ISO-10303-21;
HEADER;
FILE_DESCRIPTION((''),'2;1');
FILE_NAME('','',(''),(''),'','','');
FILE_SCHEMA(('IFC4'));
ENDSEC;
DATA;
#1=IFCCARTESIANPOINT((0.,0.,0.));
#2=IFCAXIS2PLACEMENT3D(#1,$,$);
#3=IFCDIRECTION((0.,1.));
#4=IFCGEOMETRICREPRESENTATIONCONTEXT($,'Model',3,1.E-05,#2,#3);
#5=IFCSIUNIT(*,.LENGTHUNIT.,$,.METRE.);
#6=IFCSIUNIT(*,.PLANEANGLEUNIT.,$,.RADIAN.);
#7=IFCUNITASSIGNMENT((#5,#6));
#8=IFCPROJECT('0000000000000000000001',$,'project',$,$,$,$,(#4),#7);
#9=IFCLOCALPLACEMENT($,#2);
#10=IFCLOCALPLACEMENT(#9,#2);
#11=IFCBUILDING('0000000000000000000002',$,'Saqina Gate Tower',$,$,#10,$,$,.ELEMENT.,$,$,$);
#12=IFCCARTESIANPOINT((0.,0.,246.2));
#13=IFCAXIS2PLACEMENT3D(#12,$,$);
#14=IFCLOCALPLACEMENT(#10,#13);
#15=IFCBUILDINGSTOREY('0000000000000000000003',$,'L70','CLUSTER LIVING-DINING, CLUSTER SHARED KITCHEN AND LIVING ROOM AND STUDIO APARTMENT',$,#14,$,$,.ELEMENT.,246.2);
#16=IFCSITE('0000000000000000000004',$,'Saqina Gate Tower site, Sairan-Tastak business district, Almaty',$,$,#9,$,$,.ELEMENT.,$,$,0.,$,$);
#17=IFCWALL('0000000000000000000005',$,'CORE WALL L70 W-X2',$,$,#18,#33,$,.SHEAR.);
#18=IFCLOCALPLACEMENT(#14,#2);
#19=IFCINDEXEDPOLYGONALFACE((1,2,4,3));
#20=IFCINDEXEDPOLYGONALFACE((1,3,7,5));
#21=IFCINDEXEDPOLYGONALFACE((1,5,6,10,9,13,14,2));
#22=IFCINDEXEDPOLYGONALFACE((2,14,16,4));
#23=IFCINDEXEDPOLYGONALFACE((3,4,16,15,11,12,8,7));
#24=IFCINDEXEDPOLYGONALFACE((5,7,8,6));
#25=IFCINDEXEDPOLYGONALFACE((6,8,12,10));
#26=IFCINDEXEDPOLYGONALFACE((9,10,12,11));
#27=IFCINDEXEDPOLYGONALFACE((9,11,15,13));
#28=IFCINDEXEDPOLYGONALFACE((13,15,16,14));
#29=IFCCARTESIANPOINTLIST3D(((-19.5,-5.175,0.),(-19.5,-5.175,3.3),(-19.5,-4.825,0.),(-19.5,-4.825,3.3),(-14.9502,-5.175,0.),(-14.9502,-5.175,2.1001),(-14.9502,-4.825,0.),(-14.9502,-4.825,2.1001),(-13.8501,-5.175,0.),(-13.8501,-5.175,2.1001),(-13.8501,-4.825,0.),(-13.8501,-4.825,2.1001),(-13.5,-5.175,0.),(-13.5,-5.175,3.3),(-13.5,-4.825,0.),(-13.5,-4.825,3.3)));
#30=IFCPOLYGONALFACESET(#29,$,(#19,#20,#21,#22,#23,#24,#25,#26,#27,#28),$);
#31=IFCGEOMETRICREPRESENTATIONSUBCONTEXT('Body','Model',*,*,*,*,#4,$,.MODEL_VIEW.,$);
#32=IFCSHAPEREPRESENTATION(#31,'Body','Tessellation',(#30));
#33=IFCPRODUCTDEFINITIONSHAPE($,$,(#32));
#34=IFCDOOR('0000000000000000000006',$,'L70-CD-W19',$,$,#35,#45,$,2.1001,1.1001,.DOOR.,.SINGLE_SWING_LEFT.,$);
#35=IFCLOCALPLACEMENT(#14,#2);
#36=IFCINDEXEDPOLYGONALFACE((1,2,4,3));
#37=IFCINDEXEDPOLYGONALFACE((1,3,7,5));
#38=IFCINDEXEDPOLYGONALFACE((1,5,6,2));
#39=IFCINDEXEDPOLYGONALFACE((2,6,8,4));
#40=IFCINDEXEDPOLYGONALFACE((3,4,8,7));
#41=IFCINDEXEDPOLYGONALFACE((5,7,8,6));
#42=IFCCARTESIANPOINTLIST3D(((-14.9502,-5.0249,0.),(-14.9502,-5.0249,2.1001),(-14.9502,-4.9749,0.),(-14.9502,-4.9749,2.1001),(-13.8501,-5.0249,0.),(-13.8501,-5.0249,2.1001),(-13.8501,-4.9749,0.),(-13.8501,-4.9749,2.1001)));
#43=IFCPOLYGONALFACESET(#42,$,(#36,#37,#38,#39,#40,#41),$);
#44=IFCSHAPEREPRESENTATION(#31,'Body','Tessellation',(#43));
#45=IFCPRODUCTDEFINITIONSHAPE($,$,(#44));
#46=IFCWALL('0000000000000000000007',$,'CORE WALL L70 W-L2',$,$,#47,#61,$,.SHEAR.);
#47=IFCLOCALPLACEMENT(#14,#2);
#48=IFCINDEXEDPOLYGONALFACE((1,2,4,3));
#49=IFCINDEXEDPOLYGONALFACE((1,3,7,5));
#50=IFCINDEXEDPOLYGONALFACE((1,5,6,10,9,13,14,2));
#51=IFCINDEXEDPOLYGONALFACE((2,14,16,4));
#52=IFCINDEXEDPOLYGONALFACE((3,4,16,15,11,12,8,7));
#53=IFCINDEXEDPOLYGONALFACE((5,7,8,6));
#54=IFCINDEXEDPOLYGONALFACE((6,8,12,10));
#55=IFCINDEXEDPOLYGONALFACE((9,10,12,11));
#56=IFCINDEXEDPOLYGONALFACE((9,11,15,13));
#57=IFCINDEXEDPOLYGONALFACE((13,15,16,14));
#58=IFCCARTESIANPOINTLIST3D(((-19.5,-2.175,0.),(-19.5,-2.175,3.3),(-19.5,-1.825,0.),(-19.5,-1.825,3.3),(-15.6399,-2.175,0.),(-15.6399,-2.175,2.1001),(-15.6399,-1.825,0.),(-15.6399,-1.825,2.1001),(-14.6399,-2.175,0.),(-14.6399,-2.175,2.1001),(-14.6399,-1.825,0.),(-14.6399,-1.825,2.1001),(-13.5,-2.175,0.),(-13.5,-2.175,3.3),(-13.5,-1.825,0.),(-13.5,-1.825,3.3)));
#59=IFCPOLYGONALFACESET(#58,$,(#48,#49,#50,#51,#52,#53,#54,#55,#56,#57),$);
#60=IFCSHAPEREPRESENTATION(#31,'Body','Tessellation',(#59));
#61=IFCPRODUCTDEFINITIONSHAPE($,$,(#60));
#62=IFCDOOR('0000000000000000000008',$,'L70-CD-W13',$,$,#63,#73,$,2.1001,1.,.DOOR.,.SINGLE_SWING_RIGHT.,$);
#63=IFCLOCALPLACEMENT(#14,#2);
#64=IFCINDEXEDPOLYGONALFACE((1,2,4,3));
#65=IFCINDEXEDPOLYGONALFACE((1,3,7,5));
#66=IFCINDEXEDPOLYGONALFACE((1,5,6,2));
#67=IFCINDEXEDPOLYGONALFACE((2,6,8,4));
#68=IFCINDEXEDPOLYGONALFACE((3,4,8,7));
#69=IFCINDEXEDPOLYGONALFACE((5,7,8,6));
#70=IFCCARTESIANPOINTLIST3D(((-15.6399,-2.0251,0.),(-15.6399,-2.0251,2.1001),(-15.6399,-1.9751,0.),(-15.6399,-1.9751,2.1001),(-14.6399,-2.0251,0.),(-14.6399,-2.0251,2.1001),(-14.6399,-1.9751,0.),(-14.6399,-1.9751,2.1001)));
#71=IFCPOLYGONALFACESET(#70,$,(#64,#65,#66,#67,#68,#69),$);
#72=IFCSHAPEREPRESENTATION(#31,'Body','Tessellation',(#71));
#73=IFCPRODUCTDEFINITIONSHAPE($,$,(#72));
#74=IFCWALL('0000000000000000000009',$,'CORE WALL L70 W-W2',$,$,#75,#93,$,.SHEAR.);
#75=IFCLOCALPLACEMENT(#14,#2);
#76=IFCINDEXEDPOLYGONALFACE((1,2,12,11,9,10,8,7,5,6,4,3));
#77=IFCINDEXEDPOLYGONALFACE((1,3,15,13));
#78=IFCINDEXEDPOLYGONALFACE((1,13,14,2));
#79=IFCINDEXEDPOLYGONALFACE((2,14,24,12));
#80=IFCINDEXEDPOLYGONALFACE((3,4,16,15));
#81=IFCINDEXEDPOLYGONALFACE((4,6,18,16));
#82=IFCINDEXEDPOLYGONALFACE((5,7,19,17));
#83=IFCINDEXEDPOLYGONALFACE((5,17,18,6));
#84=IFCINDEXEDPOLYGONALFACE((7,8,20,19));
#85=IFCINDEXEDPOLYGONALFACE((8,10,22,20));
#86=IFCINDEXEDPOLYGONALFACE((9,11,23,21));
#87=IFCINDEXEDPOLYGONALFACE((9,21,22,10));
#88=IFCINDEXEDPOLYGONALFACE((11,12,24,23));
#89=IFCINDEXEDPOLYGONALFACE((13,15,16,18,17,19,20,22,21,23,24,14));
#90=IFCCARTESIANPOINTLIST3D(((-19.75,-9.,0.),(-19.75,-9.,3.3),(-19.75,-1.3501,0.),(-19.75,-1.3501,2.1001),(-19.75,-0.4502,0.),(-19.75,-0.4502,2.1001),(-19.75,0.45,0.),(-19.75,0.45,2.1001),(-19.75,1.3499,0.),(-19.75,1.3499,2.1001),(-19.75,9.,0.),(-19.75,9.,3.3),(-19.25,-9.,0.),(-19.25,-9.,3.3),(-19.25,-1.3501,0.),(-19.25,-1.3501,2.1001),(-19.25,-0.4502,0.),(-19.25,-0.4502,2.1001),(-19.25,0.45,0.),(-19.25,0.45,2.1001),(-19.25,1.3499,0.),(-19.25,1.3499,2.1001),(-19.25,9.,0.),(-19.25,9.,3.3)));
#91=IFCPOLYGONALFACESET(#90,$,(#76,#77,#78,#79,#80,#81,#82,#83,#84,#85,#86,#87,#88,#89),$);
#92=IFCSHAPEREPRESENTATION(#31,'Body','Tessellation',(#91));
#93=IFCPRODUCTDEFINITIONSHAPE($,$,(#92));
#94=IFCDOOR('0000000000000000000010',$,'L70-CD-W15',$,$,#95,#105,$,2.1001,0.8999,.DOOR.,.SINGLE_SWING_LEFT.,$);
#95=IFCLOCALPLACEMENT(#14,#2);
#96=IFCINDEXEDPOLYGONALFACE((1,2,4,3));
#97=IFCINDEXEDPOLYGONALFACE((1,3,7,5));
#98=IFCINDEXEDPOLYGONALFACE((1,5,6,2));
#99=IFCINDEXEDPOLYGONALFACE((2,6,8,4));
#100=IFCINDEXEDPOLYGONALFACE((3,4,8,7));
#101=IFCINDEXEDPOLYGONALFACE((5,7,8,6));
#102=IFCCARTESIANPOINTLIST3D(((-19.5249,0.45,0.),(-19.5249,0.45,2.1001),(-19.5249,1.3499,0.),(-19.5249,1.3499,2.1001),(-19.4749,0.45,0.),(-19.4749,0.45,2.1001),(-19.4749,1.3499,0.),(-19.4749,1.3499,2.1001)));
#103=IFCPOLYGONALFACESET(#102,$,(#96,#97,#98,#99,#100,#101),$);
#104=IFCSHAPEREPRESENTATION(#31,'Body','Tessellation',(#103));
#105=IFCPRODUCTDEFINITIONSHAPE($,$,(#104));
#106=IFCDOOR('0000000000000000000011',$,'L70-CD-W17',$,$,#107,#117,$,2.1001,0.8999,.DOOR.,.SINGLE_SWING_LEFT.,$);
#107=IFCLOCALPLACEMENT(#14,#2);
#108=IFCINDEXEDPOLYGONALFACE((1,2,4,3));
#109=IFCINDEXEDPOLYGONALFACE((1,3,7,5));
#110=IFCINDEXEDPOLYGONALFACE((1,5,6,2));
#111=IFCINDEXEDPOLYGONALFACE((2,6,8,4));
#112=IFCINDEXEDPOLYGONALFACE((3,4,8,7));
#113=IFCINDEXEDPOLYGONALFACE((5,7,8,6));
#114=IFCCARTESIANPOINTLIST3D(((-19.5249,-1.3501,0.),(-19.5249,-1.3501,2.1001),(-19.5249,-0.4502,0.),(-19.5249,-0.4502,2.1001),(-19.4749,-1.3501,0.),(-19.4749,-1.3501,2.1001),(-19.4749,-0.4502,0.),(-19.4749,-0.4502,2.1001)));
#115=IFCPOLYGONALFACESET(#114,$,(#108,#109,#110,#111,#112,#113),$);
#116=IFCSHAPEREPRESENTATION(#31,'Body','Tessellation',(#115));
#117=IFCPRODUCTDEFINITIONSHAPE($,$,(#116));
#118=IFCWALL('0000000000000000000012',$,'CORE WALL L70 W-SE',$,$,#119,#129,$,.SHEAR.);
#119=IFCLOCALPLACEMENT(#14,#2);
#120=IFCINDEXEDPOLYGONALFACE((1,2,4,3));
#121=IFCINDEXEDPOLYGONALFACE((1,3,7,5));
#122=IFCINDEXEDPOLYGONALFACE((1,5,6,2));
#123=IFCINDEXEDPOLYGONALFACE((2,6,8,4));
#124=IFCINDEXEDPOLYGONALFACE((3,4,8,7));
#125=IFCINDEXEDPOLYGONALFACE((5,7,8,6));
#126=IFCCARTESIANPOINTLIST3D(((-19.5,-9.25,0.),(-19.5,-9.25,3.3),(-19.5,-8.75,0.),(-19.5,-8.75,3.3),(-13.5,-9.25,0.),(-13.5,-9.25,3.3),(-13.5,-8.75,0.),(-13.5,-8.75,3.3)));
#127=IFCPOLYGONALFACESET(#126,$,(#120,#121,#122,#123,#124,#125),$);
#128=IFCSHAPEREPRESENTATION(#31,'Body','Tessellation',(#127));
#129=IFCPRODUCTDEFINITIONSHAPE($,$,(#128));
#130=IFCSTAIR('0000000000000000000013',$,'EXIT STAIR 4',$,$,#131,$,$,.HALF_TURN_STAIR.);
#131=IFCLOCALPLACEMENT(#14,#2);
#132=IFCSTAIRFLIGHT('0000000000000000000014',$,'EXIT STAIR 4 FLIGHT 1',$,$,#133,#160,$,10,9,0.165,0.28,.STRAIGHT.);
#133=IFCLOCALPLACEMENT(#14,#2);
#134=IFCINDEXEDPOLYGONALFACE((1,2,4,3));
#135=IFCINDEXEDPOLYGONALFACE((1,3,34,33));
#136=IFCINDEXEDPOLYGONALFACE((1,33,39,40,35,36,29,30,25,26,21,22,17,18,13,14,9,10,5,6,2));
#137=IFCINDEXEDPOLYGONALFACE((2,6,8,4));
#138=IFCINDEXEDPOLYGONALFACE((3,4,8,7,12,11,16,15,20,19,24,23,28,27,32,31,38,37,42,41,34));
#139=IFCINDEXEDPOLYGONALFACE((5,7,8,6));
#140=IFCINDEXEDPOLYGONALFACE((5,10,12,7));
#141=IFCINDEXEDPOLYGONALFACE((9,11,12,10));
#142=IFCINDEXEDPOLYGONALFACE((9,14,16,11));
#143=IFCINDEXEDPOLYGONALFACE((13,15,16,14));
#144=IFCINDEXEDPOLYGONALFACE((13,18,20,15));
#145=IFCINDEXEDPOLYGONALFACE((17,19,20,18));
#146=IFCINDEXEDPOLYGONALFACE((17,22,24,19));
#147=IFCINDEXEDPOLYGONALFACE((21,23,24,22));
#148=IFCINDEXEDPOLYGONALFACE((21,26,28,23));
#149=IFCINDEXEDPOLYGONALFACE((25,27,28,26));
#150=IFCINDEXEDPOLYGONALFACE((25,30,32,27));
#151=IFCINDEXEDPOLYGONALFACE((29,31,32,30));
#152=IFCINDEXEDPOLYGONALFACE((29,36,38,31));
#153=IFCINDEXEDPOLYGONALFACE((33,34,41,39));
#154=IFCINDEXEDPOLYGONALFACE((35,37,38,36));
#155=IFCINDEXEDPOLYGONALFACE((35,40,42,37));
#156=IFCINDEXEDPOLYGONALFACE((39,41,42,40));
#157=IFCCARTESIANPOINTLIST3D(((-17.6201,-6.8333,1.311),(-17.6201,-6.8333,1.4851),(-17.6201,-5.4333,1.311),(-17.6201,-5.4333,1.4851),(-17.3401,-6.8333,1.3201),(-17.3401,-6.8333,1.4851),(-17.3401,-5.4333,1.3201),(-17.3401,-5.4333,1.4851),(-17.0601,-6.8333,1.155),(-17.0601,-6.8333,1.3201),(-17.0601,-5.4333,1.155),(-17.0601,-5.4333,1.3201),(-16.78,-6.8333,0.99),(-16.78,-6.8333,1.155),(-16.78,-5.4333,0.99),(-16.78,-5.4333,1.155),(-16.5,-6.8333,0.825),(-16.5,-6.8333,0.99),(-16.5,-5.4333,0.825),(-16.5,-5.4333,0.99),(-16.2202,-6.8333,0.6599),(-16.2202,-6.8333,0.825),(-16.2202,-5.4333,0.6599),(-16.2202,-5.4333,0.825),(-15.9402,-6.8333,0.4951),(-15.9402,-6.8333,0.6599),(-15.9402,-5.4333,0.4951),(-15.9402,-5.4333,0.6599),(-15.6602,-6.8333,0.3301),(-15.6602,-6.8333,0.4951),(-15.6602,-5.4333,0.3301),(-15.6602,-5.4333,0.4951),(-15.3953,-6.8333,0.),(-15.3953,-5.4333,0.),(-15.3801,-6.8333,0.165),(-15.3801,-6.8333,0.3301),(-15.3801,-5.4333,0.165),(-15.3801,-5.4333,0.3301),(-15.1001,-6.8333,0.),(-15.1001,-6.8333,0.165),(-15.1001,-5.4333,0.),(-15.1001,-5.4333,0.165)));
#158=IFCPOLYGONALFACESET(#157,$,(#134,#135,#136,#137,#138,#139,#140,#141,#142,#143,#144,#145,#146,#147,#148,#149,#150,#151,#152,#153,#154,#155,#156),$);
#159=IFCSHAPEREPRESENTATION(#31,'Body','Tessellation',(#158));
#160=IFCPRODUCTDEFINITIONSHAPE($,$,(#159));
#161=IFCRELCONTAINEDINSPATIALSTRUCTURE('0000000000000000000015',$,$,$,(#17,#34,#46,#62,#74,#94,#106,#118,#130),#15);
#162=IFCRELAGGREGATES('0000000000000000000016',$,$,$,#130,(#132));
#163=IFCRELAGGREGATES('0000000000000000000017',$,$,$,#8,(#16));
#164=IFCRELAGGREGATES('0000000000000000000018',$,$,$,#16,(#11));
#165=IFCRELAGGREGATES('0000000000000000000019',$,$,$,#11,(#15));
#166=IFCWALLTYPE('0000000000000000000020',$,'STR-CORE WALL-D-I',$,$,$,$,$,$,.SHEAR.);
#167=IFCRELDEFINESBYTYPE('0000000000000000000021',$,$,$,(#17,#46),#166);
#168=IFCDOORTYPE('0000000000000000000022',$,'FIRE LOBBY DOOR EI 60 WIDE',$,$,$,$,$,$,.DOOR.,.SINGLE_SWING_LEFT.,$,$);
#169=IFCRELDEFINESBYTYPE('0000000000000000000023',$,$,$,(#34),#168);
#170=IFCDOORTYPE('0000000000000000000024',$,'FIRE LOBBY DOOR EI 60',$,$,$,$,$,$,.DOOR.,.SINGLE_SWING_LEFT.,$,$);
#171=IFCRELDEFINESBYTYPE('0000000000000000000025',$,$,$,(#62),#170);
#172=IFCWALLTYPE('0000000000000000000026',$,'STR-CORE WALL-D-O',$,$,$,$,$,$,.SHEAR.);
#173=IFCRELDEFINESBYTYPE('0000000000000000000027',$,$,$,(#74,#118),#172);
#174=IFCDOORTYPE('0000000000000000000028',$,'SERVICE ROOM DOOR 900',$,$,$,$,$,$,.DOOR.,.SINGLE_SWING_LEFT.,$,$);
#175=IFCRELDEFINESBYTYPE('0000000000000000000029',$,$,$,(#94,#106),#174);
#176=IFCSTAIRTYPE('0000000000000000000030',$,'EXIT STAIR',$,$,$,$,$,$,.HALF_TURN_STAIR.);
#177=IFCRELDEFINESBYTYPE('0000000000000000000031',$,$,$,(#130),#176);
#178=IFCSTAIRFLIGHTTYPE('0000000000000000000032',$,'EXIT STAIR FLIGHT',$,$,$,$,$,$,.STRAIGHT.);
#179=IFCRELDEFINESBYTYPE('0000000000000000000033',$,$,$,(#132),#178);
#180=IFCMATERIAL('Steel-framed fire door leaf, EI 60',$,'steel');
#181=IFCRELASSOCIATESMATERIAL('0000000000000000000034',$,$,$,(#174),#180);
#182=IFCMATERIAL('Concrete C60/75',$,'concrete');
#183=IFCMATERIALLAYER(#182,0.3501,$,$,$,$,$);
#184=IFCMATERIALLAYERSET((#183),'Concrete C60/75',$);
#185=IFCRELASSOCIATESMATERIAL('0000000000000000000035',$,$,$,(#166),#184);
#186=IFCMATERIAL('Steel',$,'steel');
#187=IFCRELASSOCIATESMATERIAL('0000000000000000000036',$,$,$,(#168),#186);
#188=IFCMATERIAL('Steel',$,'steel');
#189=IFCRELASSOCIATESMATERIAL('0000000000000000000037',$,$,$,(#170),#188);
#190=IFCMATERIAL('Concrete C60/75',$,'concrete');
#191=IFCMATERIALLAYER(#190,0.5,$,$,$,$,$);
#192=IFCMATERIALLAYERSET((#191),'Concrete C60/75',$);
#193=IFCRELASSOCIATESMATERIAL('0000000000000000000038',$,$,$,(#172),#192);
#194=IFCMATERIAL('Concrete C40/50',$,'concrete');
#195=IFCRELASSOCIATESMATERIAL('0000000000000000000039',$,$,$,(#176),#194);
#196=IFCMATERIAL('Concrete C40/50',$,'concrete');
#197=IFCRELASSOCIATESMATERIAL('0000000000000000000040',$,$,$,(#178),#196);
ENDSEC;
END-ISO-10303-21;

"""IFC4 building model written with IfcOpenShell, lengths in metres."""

from ifc_helpers import new_model, si_unit, direction, frame, frame_2d, origin, place, context, subcontext, project, spatial, polyline, rectangle, outline, extrude, material, layer, layer_set, type_object, element, fill, aggregate, save


model = new_model("IFC4")

# Units and contexts
model_context = context("Model", 3, precision=1e-05, world=origin(), true_north=direction((0.0, 1.0)))
body_context = subcontext(model_context, "Body", "Model", "MODEL_VIEW")
ifc_project = project(units=[si_unit("LENGTHUNIT", "METRE"), si_unit("PLANEANGLEUNIT", "RADIAN")], contexts=[model_context])

# Site, building, storey
site_placement = place(None, origin())
site = spatial("IfcSite", under=ifc_project, at=site_placement, Name="Saqina Gate Tower site, Sairan-Tastak business district, Almaty", CompositionType="ELEMENT", RefElevation=0.0)
building_placement = place(site_placement, origin())
building = spatial("IfcBuilding", under=site, at=building_placement, Name="Saqina Gate Tower", CompositionType="ELEMENT")
storey_placement = place(building_placement, frame((0.0, 0.0, 246.2)))
storey = spatial("IfcBuildingStorey", under=building, at=storey_placement, Name="L70", Description="CLUSTER LIVING-DINING, CLUSTER SHARED KITCHEN AND LIVING ROOM AND STUDIO APARTMENT", CompositionType="ELEMENT", Elevation=246.2)

# Shared definitions
ifc_material_1 = material(Name="Steel-framed fire door leaf, EI 60", Category="steel")
door_type_1 = type_object("IfcDoorType", Name="SERVICE ROOM DOOR 900", OperationType="SINGLE_SWING_LEFT", PredefinedType="DOOR", material=ifc_material_1)

# Walls, openings, doors
ifc_material_2 = material(Name="Concrete C60/75", Category="concrete")
ifc_layer_1 = layer(ifc_material_2, 0.3501)
ifc_layer_set_1 = layer_set([ifc_layer_1], Name="Concrete C60/75")
wall_type_1 = type_object("IfcWallType", Name="STR-CORE WALL-D-I", PredefinedType="SHEAR", material=ifc_layer_set_1)
wall_1_placement = place(storey_placement, frame((-13.5, -5.0, 0.0), z_axis=(0.0, 0.0, 1.0), x_axis=(-1.0, 0.0, 0.0)))
wall_1 = element("IfcWall", 1, at=wall_1_placement, inside=storey, type_object=wall_type_1, Name="CORE WALL L70 W-X2", PredefinedType="SHEAR", context=body_context, shape_type="SweptSolid", body=[
    extrude(rectangle(XDim=6.0, YDim=0.3501, at=frame_2d((3.0, 0.0))), origin(), (0.0, 0.0, 1.0), 3.3),
])
opening_1_placement = place(wall_1_placement, frame((0.3501, 0.0, 0.0)))
opening_1 = element("IfcOpeningElement", 2, at=opening_1_placement, cuts=wall_1, PredefinedType="OPENING", context=body_context, shape_type="SweptSolid", body=[
    extrude(rectangle(XDim=1.1001, YDim=2.1001, at=frame_2d((0.55, 1.05))), frame((0.0, 0.187, 0.0), z_axis=(0.0, -1.0, 0.0), x_axis=(1.0, 0.0, 0.0)), (0.0, 0.0, 1.0), 0.374),
])
ifc_material_3 = material(Name="Steel", Category="steel")
door_type_2 = type_object("IfcDoorType", Name="FIRE LOBBY DOOR EI 60 WIDE", OperationType="SINGLE_SWING_LEFT", PredefinedType="DOOR", material=ifc_material_3)
door_1_placement = place(opening_1_placement, origin())
door_1 = element("IfcDoor", 3, at=door_1_placement, inside=storey, type_object=door_type_2, Name="L70-CD-W19", OperationType="SINGLE_SWING_LEFT", OverallHeight=2.1001, OverallWidth=1.1001, PredefinedType="DOOR", context=body_context, shape_type="SweptSolid", body=[
    extrude(rectangle(XDim=1.1001, YDim=2.1001, at=frame_2d((0.55, 1.05))), frame((0.0, 0.0249, 0.0), z_axis=(0.0, -1.0, 0.0), x_axis=(1.0, 0.0, 0.0)), (0.0, 0.0, 1.0), 0.05),
])
fill(opening_1, door_1)
wall_2_placement = place(storey_placement, frame((-13.5, -2.0, 0.0), z_axis=(0.0, 0.0, 1.0), x_axis=(-1.0, 0.0, 0.0)))
wall_2 = element("IfcWall", 4, at=wall_2_placement, inside=storey, type_object=wall_type_1, Name="CORE WALL L70 W-L2", PredefinedType="SHEAR", context=body_context, shape_type="SweptSolid", body=[
    extrude(rectangle(XDim=6.0, YDim=0.3501, at=frame_2d((3.0, 0.0))), origin(), (0.0, 0.0, 1.0), 3.3),
])
opening_2_placement = place(wall_2_placement, frame((1.1399, 0.0, 0.0)))
opening_2 = element("IfcOpeningElement", 5, at=opening_2_placement, cuts=wall_2, PredefinedType="OPENING", context=body_context, shape_type="SweptSolid", body=[
    extrude(rectangle(XDim=1.0, YDim=2.1001, at=frame_2d((0.5, 1.05))), frame((0.0, 0.187, 0.0), z_axis=(0.0, -1.0, 0.0), x_axis=(1.0, 0.0, 0.0)), (0.0, 0.0, 1.0), 0.374),
])
ifc_material_4 = material(Name="Steel", Category="steel")
door_type_3 = type_object("IfcDoorType", Name="FIRE LOBBY DOOR EI 60", OperationType="SINGLE_SWING_LEFT", PredefinedType="DOOR", material=ifc_material_4)
door_2_placement = place(opening_2_placement, frame((1.0, 0.0, 0.0), z_axis=(0.0, 0.0, 1.0), x_axis=(-1.0, 0.0, 0.0)))
door_2 = element("IfcDoor", 6, at=door_2_placement, inside=storey, type_object=door_type_3, Name="L70-CD-W13", OperationType="SINGLE_SWING_RIGHT", OverallHeight=2.1001, OverallWidth=1.0, PredefinedType="DOOR", context=body_context, shape_type="SweptSolid", body=[
    extrude(rectangle(XDim=1.0, YDim=2.1001, at=frame_2d((0.5, 1.05))), frame((0.0, 0.0249, 0.0), z_axis=(0.0, -1.0, 0.0), x_axis=(1.0, 0.0, 0.0)), (0.0, 0.0, 1.0), 0.05),
])
fill(opening_2, door_2)

# Wall, openings, doors
ifc_material_5 = material(Name="Concrete C60/75", Category="concrete")
ifc_layer_2 = layer(ifc_material_5, 0.5)
ifc_layer_set_2 = layer_set([ifc_layer_2], Name="Concrete C60/75")
wall_type_2 = type_object("IfcWallType", Name="STR-CORE WALL-D-O", PredefinedType="SHEAR", material=ifc_layer_set_2)
wall_3_placement = place(storey_placement, frame((-19.5, -9.0, 0.0), z_axis=(0.0, 0.0, 1.0), x_axis=(0.0, 1.0, 0.0)))
wall_3 = element("IfcWall", 7, at=wall_3_placement, inside=storey, type_object=wall_type_2, Name="CORE WALL L70 W-W2", PredefinedType="SHEAR", context=body_context, shape_type="SweptSolid", body=[
    extrude(rectangle(XDim=18.0, YDim=0.5, at=frame_2d((9.0, 0.0))), origin(), (0.0, 0.0, 1.0), 3.3),
])
opening_3_placement = place(wall_3_placement, frame((9.45, 0.0, 0.0)))
opening_3 = element("IfcOpeningElement", 8, at=opening_3_placement, cuts=wall_3, PredefinedType="OPENING", context=body_context, shape_type="SweptSolid", body=[
    extrude(rectangle(XDim=0.8999, YDim=2.1001, at=frame_2d((0.45, 1.05))), frame((0.0, 0.262, 0.0), z_axis=(0.0, -1.0, 0.0), x_axis=(1.0, 0.0, 0.0)), (0.0, 0.0, 1.0), 0.5239),
])
opening_4_placement = place(wall_3_placement, frame((7.6499, 0.0, 0.0)))
opening_4 = element("IfcOpeningElement", 9, at=opening_4_placement, cuts=wall_3, PredefinedType="OPENING", context=body_context, shape_type="SweptSolid", body=[
    extrude(rectangle(XDim=0.8999, YDim=2.1001, at=frame_2d((0.45, 1.05))), frame((0.0, 0.262, 0.0), z_axis=(0.0, -1.0, 0.0), x_axis=(1.0, 0.0, 0.0)), (0.0, 0.0, 1.0), 0.5239),
])
door_3_placement = place(opening_3_placement, origin())
door_3 = element("IfcDoor", 10, at=door_3_placement, inside=storey, type_object=door_type_1, Name="L70-CD-W15", OperationType="SINGLE_SWING_LEFT", OverallHeight=2.1001, OverallWidth=0.8999, PredefinedType="DOOR", context=body_context, shape_type="SweptSolid", body=[
    extrude(rectangle(XDim=0.8999, YDim=2.1001, at=frame_2d((0.45, 1.05))), frame((0.0, 0.0249, 0.0), z_axis=(0.0, -1.0, 0.0), x_axis=(1.0, 0.0, 0.0)), (0.0, 0.0, 1.0), 0.05),
])
fill(opening_3, door_3)
door_4_placement = place(opening_4_placement, origin())
door_4 = element("IfcDoor", 11, at=door_4_placement, inside=storey, type_object=door_type_1, Name="L70-CD-W17", OperationType="SINGLE_SWING_LEFT", OverallHeight=2.1001, OverallWidth=0.8999, PredefinedType="DOOR", context=body_context, shape_type="SweptSolid", body=[
    extrude(rectangle(XDim=0.8999, YDim=2.1001, at=frame_2d((0.45, 1.05))), frame((0.0, 0.0249, 0.0), z_axis=(0.0, -1.0, 0.0), x_axis=(1.0, 0.0, 0.0)), (0.0, 0.0, 1.0), 0.05),
])
fill(opening_4, door_4)

# Wall
wall_4_placement = place(storey_placement, frame((-13.5, -9.0, 0.0), z_axis=(0.0, 0.0, 1.0), x_axis=(-1.0, 0.0, 0.0)))
element("IfcWall", 12, at=wall_4_placement, inside=storey, type_object=wall_type_2, Name="CORE WALL L70 W-SE", PredefinedType="SHEAR", context=body_context, shape_type="SweptSolid", body=[
    extrude(rectangle(XDim=6.0, YDim=0.5, at=frame_2d((3.0, 0.0))), origin(), (0.0, 0.0, 1.0), 3.3),
])

# Stair, stair flight
ifc_material_6 = material(Name="Concrete C40/50", Category="concrete")
stair_type = type_object("IfcStairType", Name="EXIT STAIR", PredefinedType="HALF_TURN_STAIR", material=ifc_material_6)
stair_placement = place(storey_placement, origin())
stair = element("IfcStair", 13, at=stair_placement, inside=storey, type_object=stair_type, Name="EXIT STAIR 4", PredefinedType="HALF_TURN_STAIR")
ifc_material_7 = material(Name="Concrete C40/50", Category="concrete")
stair_flight_type = type_object("IfcStairFlightType", Name="EXIT STAIR FLIGHT", PredefinedType="STRAIGHT", material=ifc_material_7)
stair_flight_1_placement = place(storey_placement, frame((-15.1001, -6.1333, 0.0), z_axis=(0.0, 0.0, 1.0), x_axis=(-1.0, 0.0, 0.0)))
stair_flight_1 = element("IfcStairFlight", 14, at=stair_flight_1_placement, type_object=stair_flight_type, Name="EXIT STAIR 4 FLIGHT 1", NumberOfRisers=10, NumberOfTreads=9, PredefinedType="STRAIGHT", RiserHeight=0.165, TreadLength=0.28, context=body_context, shape_type="SweptSolid", body=[
    extrude(outline(polyline([(0.0, 0.0), (0.0, 0.165), (0.28, 0.165), (0.28, 0.3301), (0.5601, 0.3301), (0.5601, 0.4951), (0.8401, 0.4951), (0.8401, 0.6599), (1.1201, 0.6599), (1.1201, 0.825), (1.3999, 0.825), (1.3999, 0.99), (1.6799, 0.99), (1.6799, 1.155), (1.96, 1.155), (1.96, 1.3201), (2.24, 1.3201), (2.24, 1.4851), (2.52, 1.4851), (2.52, 1.6499), (2.52, 1.311), (0.2952, 0.0), (0.0, 0.0)])), frame((0.0, 0.7, 0.0), z_axis=(0.0, -1.0, 0.0), x_axis=(1.0, 0.0, 0.0)), (0.0, 0.0, 1.0), 1.3999),
])
aggregate(stair, [stair_flight_1])

save(model, "model.ifc")
